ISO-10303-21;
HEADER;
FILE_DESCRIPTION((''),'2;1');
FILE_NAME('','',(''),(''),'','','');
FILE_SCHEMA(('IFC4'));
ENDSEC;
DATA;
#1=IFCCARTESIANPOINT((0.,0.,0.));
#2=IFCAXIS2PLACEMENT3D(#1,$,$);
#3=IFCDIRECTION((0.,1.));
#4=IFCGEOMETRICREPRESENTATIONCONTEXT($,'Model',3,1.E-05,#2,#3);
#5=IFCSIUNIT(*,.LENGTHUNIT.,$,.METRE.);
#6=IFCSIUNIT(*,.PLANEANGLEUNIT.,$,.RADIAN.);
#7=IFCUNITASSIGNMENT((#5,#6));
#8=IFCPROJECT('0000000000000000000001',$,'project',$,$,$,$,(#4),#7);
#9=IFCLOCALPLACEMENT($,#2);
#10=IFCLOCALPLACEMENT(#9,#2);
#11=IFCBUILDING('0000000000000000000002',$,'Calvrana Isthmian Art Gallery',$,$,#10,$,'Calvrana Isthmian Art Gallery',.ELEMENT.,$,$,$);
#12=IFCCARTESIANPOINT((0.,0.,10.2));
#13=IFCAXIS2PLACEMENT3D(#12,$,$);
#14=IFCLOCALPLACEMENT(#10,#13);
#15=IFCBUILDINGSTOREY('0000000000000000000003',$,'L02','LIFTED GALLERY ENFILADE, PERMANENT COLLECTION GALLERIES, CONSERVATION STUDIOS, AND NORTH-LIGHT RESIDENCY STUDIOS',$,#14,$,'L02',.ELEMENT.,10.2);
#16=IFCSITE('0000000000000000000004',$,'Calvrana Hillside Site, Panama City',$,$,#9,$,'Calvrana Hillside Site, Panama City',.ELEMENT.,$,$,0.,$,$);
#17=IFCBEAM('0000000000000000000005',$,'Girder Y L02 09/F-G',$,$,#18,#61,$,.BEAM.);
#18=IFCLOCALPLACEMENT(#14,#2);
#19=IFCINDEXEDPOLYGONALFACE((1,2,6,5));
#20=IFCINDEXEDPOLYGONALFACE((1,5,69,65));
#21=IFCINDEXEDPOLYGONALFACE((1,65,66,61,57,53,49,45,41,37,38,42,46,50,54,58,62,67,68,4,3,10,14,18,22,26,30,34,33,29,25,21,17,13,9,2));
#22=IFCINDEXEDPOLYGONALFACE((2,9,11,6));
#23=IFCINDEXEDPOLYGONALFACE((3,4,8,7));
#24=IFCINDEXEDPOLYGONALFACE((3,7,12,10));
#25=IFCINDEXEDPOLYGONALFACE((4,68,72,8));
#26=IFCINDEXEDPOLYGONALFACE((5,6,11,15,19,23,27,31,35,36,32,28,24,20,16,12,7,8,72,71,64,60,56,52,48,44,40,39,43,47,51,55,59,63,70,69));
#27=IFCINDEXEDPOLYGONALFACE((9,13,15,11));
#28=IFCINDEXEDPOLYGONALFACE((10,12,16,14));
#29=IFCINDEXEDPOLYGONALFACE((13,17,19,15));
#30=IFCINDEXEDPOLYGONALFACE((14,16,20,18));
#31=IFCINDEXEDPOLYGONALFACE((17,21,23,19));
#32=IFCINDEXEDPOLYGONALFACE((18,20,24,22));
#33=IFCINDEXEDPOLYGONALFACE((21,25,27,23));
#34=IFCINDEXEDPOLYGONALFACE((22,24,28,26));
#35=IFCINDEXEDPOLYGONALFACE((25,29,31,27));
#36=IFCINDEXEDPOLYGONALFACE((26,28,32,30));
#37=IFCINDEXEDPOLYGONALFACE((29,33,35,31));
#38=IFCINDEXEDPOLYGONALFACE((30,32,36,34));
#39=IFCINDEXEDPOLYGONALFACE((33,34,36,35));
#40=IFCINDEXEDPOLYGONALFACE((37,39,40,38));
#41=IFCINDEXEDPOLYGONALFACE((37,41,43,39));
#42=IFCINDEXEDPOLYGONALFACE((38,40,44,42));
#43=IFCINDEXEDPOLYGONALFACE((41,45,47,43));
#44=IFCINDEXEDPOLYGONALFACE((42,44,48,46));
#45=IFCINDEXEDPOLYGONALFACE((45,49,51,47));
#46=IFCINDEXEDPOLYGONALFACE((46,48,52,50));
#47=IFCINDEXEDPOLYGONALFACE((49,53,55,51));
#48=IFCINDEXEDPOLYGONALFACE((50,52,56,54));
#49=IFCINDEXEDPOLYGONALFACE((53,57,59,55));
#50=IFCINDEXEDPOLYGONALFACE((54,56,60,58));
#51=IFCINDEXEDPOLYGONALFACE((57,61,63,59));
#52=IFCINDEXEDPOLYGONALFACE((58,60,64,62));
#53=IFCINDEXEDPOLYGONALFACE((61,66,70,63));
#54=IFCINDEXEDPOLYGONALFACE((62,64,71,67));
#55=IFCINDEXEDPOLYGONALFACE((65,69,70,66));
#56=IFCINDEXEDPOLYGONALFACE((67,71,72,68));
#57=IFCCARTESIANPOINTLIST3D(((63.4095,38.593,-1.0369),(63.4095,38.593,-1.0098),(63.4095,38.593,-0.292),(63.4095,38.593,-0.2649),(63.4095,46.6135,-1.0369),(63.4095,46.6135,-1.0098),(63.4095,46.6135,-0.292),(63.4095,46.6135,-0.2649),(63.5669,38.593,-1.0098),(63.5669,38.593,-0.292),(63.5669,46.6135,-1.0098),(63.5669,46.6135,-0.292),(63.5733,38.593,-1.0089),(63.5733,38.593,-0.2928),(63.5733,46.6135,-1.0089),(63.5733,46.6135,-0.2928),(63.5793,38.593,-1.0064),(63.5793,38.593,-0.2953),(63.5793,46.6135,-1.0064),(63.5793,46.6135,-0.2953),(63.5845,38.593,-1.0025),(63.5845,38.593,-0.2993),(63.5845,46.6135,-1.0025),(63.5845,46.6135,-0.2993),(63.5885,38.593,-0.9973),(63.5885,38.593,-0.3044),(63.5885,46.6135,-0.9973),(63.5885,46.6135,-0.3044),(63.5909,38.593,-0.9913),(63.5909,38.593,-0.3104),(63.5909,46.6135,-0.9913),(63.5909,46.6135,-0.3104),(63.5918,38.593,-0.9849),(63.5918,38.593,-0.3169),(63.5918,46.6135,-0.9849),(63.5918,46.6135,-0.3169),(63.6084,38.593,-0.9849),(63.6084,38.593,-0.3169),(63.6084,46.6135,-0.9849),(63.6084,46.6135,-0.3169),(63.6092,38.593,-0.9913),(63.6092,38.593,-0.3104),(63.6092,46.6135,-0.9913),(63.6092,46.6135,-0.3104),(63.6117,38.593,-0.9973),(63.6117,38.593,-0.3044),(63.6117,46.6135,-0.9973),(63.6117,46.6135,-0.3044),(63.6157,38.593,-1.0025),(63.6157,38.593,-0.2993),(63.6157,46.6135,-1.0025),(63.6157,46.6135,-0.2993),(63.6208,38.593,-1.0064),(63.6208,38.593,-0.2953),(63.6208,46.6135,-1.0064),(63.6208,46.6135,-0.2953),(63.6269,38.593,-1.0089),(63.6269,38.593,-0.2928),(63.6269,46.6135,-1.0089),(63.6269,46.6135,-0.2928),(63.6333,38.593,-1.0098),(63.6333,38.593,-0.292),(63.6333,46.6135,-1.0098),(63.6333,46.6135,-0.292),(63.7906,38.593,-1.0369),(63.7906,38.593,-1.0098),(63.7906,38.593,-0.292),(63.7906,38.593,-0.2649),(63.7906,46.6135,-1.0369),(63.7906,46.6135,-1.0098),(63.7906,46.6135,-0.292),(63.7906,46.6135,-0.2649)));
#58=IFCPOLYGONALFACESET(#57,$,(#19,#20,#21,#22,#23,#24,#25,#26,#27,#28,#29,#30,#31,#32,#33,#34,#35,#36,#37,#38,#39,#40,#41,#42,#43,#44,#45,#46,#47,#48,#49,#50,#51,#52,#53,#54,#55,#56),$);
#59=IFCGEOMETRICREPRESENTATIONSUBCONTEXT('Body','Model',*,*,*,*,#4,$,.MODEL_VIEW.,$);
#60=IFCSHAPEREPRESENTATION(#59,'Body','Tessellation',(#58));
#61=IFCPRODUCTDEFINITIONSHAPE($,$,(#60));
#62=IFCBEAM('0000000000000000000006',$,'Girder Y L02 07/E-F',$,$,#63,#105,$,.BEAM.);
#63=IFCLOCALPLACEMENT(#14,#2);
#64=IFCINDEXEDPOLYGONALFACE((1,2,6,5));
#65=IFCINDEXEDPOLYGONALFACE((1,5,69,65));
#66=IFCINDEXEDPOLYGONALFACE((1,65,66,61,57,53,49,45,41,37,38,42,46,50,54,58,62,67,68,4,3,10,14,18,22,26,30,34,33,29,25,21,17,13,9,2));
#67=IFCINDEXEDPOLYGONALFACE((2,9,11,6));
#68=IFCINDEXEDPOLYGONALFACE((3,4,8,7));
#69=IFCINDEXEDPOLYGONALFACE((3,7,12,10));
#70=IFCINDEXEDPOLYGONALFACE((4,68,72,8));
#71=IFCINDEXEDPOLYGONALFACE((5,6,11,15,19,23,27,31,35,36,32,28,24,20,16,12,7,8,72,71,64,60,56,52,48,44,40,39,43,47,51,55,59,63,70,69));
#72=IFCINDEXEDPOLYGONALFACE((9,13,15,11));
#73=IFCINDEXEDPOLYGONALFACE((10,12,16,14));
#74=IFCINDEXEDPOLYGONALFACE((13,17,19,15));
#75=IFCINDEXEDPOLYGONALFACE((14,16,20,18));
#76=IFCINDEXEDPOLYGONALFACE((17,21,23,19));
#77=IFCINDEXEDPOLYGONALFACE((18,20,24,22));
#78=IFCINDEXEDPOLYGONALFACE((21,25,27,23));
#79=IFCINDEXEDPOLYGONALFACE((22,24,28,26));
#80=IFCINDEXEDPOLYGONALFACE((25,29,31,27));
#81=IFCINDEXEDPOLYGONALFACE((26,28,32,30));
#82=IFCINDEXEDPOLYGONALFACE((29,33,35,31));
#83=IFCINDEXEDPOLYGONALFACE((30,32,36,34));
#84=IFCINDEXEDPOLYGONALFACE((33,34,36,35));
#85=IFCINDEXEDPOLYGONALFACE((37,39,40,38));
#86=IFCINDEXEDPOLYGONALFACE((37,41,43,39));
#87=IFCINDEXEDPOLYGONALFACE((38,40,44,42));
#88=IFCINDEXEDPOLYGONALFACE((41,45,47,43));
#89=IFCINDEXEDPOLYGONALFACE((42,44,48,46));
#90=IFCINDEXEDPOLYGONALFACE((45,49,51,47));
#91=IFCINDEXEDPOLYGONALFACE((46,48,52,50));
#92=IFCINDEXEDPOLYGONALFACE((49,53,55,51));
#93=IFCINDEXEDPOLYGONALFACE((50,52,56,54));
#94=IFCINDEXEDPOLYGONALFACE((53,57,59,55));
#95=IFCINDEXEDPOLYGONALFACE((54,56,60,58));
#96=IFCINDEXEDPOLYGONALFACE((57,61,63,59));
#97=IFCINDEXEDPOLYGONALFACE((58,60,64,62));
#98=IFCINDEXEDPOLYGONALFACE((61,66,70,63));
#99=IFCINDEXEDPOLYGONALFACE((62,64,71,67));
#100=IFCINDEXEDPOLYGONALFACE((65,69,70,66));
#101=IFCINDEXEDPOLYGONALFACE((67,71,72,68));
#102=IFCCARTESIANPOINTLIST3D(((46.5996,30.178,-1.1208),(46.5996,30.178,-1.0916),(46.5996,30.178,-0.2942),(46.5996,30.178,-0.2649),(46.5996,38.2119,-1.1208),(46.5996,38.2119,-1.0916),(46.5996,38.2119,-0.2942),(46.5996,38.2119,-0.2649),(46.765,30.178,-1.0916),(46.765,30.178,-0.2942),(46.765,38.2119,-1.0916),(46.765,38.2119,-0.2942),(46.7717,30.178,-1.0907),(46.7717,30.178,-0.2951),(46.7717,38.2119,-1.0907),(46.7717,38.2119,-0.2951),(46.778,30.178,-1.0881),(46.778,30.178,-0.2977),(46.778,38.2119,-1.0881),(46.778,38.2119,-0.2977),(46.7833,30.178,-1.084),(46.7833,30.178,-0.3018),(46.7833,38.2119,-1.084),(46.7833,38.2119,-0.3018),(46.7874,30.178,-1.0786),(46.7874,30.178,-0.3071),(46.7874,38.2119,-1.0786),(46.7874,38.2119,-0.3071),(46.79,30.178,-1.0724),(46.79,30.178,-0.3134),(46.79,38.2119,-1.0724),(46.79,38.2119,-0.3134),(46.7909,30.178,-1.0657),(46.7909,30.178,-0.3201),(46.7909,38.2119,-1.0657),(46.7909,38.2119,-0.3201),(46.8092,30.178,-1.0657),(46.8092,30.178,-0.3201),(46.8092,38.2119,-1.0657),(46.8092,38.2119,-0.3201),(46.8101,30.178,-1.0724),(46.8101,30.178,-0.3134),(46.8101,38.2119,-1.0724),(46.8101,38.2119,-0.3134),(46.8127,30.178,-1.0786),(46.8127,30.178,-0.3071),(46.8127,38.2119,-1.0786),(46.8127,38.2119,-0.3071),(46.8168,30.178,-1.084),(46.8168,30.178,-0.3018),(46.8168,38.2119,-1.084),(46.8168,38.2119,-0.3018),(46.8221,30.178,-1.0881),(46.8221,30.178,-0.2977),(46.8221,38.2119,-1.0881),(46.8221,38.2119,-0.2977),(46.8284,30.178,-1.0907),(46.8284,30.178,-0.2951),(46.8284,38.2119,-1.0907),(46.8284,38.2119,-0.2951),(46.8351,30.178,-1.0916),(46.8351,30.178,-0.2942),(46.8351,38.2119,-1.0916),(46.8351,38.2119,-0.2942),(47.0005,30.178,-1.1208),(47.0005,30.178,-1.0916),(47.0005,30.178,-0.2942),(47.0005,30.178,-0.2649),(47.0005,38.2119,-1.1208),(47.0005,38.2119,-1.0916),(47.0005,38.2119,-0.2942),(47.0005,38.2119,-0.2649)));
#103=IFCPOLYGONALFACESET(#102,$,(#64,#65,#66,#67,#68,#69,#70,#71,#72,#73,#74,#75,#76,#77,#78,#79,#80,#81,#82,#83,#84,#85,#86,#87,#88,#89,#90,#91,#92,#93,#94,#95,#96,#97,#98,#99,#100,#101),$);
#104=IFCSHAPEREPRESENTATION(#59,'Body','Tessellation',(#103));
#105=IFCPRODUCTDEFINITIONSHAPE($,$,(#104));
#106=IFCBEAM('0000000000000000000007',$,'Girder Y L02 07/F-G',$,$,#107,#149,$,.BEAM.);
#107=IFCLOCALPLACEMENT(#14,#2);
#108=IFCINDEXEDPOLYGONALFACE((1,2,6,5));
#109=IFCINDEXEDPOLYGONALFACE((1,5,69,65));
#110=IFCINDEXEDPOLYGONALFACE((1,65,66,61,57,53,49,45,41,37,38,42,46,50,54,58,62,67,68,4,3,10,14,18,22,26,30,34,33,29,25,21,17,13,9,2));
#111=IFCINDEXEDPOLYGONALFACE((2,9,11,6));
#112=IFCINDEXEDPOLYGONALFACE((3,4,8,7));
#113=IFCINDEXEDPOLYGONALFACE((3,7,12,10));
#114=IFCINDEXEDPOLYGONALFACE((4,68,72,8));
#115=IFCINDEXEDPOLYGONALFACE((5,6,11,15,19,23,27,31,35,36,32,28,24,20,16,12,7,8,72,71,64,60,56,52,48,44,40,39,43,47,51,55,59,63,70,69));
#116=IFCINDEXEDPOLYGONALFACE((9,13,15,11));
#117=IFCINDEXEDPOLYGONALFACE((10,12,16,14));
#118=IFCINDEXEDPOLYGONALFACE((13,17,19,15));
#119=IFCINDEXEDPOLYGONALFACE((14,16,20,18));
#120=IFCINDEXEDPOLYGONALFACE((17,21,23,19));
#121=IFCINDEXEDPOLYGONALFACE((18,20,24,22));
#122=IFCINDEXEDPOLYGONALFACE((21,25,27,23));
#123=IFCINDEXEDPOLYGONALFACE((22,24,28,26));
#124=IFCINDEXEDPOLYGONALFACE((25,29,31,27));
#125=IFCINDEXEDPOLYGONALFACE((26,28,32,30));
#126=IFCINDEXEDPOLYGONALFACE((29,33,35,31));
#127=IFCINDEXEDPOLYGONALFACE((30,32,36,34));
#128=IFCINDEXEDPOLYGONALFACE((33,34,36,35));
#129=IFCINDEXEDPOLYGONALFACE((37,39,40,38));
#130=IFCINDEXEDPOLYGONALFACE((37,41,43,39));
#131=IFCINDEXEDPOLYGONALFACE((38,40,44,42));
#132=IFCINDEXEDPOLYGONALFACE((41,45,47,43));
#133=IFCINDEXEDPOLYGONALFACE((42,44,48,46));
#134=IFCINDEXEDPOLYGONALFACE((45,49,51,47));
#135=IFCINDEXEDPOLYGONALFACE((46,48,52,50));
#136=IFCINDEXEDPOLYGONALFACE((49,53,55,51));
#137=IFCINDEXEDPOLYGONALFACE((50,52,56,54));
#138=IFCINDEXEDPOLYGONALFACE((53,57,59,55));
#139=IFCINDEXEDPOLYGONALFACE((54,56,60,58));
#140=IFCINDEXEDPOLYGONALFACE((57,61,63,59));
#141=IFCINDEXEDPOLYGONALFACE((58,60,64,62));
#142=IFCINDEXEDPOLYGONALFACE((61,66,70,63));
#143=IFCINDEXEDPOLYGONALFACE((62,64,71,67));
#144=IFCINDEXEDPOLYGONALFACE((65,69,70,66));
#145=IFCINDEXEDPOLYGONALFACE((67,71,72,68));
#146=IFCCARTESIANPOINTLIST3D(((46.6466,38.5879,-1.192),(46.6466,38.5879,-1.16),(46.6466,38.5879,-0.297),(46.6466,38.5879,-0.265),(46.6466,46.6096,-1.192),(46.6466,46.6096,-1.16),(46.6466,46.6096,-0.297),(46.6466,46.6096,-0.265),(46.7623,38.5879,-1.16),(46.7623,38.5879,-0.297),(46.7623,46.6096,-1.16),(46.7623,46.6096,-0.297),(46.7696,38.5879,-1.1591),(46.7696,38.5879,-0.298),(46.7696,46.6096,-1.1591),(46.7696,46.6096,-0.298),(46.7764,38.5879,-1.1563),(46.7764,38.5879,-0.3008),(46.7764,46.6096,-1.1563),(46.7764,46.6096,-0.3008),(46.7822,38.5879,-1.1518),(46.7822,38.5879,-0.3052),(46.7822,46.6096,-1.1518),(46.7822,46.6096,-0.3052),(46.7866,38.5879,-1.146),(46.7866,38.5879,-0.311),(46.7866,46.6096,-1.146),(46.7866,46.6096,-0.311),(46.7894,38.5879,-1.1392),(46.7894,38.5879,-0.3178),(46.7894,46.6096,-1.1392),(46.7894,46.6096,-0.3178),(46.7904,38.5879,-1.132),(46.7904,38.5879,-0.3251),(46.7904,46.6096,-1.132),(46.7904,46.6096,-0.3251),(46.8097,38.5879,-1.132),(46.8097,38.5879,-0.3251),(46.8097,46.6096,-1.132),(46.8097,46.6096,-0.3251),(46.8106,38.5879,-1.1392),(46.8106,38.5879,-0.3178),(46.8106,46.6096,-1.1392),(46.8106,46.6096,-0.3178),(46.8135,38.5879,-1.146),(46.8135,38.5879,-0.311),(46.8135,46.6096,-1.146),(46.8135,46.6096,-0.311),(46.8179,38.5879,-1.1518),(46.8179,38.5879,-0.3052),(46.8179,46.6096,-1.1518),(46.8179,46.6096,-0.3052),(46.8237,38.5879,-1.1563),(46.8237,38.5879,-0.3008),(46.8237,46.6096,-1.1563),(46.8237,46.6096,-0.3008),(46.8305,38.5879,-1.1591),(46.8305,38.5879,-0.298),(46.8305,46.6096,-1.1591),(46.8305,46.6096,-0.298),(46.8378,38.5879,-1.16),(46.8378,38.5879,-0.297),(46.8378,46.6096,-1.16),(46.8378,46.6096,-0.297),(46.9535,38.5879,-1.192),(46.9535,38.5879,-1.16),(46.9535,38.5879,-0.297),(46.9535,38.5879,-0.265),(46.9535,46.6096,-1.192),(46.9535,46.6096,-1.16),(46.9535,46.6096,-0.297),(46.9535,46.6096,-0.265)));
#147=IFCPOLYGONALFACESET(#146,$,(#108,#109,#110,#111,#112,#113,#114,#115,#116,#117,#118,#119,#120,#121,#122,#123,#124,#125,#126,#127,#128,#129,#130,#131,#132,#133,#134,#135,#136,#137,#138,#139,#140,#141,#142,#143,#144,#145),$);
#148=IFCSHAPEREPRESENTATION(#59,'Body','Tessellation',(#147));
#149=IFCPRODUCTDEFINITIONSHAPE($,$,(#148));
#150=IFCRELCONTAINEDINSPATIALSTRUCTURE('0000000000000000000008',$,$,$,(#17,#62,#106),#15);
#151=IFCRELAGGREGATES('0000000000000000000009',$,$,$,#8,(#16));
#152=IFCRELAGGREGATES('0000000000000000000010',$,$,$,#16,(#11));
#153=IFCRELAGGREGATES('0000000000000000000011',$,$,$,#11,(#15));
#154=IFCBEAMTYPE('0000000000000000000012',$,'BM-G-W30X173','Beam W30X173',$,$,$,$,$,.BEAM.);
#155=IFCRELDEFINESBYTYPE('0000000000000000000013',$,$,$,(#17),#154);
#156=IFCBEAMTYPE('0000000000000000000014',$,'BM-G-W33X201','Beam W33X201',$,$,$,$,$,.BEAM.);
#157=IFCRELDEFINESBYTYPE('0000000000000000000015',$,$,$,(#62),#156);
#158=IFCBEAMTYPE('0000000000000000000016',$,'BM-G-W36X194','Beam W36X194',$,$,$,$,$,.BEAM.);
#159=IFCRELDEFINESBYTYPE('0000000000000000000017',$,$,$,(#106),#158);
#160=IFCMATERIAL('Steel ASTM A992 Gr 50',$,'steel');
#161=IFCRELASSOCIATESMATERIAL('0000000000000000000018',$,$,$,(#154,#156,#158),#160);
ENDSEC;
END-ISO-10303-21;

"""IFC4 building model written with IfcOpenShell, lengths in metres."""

from ifc_helpers import new_model, si_unit, direction, frame, origin, origin_2d, place, context, subcontext, project, spatial, i_section, extrude, material, material_profile, profile_set, type_object, element, save


model = new_model("IFC4")

# Units and contexts
model_context = context("Model", 3, precision=1e-05, world=origin(), true_north=direction((0.0, 1.0)))
body_context = subcontext(model_context, "Body", "Model", "MODEL_VIEW")
ifc_project = project(units=[si_unit("LENGTHUNIT", "METRE"), si_unit("PLANEANGLEUNIT", "RADIAN")], contexts=[model_context])

# Site, building, storey
site_placement = place(None, origin())
site = spatial("IfcSite", under=ifc_project, at=site_placement, Name="Calvrana Hillside Site, Panama City", LongName="Calvrana Hillside Site, Panama City", CompositionType="ELEMENT", RefElevation=0.0)
building_placement = place(site_placement, origin())
building = spatial("IfcBuilding", under=site, at=building_placement, Name="Calvrana Isthmian Art Gallery", LongName="Calvrana Isthmian Art Gallery", CompositionType="ELEMENT")
storey_placement = place(building_placement, frame((0.0, 0.0, 10.2)))
storey = spatial("IfcBuildingStorey", under=building, at=storey_placement, Name="L02", Description="LIFTED GALLERY ENFILADE, PERMANENT COLLECTION GALLERIES, CONSERVATION STUDIOS, AND NORTH-LIGHT RESIDENCY STUDIOS", LongName="L02", CompositionType="ELEMENT", Elevation=10.2)

# Shared definitions
ifc_material_1 = material(Name="Steel ASTM A992 Gr 50", Category="steel")

# Beams
ifc_material_profile_1 = material_profile(ifc_material_1, i_section(OverallWidth=0.3811, OverallDepth=0.772, WebThickness=0.0166, FlangeThickness=0.0271, FilletRadius=0.0249, at=origin_2d()), Name="W30X173")
ifc_profile_set_1 = profile_set([ifc_material_profile_1], Name="Steel ASTM A992 Gr 50")
beam_type_1 = type_object("IfcBeamType", Name="BM-G-W30X173", Description="Beam W30X173", PredefinedType="BEAM", material=ifc_profile_set_1)
beam_1_placement = place(storey_placement, frame((63.6001, 38.593, -0.6509), z_axis=(0.0, 1.0, 0.0), x_axis=(-1.0, 0.0, 0.0)))
element("IfcBeam", 1, at=beam_1_placement, inside=storey, type_object=beam_type_1, Name="Girder Y L02 09/F-G", PredefinedType="BEAM", context=body_context, shape_type="SweptSolid", body=[
    extrude(i_section(OverallWidth=0.3811, OverallDepth=0.772, WebThickness=0.0166, FlangeThickness=0.0271, FilletRadius=0.0249, at=origin_2d()), origin(), (0.0, 0.0, 1.0), 8.0205),
])
ifc_material_profile_2 = material_profile(ifc_material_1, i_section(OverallWidth=0.4009, OverallDepth=0.856, WebThickness=0.0183, FlangeThickness=0.0293, FilletRadius=0.0259, at=origin_2d()), Name="W33X201")
ifc_profile_set_2 = profile_set([ifc_material_profile_2], Name="Steel ASTM A992 Gr 50")
beam_type_2 = type_object("IfcBeamType", Name="BM-G-W33X201", Description="Beam W33X201", PredefinedType="BEAM", material=ifc_profile_set_2)
beam_2_placement = place(storey_placement, frame((46.8, 30.178, -0.6929), z_axis=(0.0, 1.0, 0.0), x_axis=(-1.0, 0.0, 0.0)))
element("IfcBeam", 2, at=beam_2_placement, inside=storey, type_object=beam_type_2, Name="Girder Y L02 07/E-F", PredefinedType="BEAM", context=body_context, shape_type="SweptSolid", body=[
    extrude(i_section(OverallWidth=0.4009, OverallDepth=0.856, WebThickness=0.0183, FlangeThickness=0.0293, FilletRadius=0.0259, at=origin_2d()), origin(), (0.0, 0.0, 1.0), 8.0339),
])
ifc_material_profile_3 = material_profile(ifc_material_1, i_section(OverallWidth=0.3069, OverallDepth=0.927, WebThickness=0.0193, FlangeThickness=0.032, FilletRadius=0.0281, at=origin_2d()), Name="W36X194")
ifc_profile_set_3 = profile_set([ifc_material_profile_3], Name="Steel ASTM A992 Gr 50")
beam_type_3 = type_object("IfcBeamType", Name="BM-G-W36X194", Description="Beam W36X194", PredefinedType="BEAM", material=ifc_profile_set_3)
beam_3_placement = place(storey_placement, frame((46.8, 38.5879, -0.7285), z_axis=(0.0, 1.0, 0.0), x_axis=(-1.0, 0.0, 0.0)))
element("IfcBeam", 3, at=beam_3_placement, inside=storey, type_object=beam_type_3, Name="Girder Y L02 07/F-G", PredefinedType="BEAM", context=body_context, shape_type="SweptSolid", body=[
    extrude(i_section(OverallWidth=0.3069, OverallDepth=0.927, WebThickness=0.0193, FlangeThickness=0.032, FilletRadius=0.0281, at=origin_2d()), origin(), (0.0, 0.0, 1.0), 8.0217),
])

save(model, "model.ifc")
